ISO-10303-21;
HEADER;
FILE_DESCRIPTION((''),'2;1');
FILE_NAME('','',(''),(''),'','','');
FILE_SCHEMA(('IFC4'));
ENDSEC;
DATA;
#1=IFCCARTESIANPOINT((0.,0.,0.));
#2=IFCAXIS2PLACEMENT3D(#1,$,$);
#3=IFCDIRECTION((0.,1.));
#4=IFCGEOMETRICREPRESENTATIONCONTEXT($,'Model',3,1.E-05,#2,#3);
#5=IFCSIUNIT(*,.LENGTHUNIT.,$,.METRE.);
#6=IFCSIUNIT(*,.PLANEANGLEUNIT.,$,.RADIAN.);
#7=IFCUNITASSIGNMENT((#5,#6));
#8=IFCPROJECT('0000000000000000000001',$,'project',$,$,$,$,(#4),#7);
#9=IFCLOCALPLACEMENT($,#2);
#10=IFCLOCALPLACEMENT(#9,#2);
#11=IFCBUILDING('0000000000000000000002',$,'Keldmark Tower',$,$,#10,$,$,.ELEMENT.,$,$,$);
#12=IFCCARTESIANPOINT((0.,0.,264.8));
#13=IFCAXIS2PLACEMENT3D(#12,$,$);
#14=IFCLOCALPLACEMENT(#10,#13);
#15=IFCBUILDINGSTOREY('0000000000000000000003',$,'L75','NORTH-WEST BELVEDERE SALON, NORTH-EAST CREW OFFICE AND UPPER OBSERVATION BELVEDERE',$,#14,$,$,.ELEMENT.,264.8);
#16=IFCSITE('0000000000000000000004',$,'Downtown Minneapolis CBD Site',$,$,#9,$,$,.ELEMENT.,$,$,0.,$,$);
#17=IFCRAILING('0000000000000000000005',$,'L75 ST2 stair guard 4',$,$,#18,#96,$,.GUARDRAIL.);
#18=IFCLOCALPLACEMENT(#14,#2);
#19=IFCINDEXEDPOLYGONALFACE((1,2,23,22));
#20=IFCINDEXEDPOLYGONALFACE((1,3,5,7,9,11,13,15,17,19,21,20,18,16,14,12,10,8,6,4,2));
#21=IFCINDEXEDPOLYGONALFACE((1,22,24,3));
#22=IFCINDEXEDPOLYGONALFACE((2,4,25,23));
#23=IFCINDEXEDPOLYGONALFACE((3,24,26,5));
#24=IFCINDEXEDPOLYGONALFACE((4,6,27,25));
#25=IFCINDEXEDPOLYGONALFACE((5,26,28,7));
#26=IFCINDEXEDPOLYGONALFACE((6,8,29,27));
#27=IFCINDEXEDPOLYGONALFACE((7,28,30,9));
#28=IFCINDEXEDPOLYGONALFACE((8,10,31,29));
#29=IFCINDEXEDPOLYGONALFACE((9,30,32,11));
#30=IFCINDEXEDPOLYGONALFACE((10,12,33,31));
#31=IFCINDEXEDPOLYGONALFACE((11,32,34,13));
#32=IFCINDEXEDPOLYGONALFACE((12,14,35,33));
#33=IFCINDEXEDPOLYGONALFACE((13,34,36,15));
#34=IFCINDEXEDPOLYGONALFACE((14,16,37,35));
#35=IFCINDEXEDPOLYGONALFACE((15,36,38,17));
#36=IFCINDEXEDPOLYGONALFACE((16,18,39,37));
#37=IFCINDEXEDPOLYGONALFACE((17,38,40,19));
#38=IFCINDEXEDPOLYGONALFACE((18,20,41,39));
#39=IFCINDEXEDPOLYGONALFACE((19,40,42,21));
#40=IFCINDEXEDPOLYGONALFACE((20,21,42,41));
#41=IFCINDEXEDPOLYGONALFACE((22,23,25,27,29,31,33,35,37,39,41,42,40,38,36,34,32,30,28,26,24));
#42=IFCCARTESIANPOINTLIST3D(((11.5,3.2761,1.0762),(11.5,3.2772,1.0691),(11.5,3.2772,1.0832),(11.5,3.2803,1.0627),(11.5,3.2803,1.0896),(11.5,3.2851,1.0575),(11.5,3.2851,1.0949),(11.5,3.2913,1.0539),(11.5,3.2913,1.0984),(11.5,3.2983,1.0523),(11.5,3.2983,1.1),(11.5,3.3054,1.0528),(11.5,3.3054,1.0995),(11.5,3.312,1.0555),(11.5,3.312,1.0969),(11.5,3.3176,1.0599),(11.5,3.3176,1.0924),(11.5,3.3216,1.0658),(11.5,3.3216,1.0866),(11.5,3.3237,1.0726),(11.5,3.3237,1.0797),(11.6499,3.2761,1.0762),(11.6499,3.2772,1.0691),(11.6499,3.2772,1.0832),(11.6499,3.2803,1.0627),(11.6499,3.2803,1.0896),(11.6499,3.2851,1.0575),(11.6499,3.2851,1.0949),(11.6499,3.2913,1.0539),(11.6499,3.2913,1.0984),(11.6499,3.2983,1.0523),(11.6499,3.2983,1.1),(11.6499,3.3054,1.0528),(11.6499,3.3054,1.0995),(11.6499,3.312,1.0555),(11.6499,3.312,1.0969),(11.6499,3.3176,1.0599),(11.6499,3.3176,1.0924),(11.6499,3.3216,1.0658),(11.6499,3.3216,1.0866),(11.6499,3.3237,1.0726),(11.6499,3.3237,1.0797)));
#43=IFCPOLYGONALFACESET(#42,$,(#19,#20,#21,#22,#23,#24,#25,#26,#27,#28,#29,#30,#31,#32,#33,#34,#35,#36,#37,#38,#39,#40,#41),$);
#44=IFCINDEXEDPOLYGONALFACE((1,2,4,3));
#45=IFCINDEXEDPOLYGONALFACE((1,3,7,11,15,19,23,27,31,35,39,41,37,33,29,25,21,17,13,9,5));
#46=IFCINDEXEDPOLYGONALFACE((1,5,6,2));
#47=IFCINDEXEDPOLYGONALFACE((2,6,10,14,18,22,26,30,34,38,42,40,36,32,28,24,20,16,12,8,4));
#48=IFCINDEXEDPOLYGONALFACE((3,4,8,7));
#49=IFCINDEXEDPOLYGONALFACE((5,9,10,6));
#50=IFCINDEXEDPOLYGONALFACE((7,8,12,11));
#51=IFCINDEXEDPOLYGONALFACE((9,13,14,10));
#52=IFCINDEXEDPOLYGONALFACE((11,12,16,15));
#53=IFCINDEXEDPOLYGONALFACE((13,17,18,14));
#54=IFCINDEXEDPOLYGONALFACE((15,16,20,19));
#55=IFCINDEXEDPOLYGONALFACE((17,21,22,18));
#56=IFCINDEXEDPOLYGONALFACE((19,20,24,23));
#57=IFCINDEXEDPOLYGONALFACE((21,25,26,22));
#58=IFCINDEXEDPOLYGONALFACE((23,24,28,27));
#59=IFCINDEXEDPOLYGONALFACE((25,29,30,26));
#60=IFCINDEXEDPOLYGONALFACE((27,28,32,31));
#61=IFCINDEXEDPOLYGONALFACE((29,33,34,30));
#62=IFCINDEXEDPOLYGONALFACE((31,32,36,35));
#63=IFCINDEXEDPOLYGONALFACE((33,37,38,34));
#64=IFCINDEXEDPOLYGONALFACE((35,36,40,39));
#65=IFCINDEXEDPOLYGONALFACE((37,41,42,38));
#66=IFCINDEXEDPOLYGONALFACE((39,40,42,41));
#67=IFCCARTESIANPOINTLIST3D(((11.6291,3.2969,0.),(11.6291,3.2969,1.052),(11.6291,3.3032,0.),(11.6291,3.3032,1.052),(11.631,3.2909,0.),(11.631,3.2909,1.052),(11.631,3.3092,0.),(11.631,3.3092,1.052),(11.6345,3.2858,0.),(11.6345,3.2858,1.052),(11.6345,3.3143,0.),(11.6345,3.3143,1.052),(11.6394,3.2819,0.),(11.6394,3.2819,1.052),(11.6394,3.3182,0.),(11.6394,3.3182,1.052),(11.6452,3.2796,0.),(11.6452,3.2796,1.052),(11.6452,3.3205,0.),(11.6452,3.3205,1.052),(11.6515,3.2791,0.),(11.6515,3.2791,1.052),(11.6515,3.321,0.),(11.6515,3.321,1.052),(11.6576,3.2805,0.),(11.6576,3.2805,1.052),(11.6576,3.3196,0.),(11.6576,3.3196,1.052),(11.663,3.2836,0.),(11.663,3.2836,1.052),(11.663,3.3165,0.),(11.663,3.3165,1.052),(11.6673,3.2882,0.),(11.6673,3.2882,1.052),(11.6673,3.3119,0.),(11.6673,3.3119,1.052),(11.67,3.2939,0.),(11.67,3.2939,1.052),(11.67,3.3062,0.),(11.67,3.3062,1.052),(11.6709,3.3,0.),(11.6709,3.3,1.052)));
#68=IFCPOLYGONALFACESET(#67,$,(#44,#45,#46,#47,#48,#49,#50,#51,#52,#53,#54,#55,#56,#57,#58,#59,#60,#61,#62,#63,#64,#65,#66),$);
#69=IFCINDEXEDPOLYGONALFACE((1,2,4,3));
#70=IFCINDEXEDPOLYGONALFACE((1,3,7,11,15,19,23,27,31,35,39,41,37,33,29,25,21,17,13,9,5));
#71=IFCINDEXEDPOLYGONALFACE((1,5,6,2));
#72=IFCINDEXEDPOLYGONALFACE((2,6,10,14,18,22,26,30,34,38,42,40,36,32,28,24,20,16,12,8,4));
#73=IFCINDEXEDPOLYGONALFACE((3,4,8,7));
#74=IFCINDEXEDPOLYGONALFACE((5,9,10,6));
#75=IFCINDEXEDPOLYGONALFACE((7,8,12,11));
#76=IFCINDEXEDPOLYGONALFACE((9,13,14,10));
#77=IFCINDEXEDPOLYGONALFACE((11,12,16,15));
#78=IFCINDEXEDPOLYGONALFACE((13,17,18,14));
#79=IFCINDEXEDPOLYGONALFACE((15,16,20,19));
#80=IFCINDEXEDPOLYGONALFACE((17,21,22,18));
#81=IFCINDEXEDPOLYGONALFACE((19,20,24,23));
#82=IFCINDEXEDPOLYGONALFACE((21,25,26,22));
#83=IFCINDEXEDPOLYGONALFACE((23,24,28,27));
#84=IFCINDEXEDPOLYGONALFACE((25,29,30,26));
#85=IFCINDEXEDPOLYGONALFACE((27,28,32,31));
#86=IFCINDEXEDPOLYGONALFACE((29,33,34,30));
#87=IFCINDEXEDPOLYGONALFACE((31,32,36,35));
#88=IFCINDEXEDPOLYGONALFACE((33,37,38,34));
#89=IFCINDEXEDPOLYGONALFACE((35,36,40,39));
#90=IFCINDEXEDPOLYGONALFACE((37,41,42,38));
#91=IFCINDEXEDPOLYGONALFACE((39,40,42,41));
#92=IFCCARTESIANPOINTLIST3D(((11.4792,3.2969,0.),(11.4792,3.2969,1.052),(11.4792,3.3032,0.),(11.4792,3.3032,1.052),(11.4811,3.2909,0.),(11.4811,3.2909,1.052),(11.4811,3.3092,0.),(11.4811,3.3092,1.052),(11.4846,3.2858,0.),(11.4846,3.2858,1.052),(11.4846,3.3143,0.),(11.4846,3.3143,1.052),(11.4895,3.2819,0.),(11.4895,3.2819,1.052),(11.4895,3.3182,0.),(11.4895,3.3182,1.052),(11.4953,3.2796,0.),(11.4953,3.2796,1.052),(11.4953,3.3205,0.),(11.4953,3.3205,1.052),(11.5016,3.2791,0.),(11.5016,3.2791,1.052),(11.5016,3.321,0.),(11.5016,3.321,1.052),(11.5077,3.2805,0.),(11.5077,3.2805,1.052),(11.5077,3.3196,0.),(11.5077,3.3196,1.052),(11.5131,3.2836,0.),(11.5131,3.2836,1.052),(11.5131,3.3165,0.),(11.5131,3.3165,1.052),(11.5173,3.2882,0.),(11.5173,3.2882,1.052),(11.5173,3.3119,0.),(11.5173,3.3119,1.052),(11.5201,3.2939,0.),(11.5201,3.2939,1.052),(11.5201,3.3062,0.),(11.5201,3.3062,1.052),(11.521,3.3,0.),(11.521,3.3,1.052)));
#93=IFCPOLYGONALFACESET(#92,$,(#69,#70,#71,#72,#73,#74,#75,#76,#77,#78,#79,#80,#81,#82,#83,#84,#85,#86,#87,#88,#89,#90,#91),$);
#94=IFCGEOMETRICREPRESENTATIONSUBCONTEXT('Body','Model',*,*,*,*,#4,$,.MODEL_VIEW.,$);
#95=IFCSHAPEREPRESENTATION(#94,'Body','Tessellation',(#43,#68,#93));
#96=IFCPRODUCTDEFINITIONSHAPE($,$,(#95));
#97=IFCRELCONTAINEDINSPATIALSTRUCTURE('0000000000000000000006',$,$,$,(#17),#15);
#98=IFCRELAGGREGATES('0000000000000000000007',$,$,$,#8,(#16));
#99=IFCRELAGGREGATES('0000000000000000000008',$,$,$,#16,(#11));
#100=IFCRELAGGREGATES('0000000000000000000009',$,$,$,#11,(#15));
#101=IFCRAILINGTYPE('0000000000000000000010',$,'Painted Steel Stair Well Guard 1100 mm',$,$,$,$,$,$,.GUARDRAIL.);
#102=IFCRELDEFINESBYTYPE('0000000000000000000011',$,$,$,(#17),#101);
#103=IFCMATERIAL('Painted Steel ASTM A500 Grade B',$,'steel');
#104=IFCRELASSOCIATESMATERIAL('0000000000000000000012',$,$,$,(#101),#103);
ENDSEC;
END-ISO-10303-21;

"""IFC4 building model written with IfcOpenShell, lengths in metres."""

from ifc_helpers import new_model, si_unit, direction, frame, origin, origin_2d, place, context, subcontext, project, spatial, circle, extrude, material, type_object, element, save


model = new_model("IFC4")

# Units and contexts
model_context = context("Model", 3, precision=1e-05, world=origin(), true_north=direction((0.0, 1.0)))
body_context = subcontext(model_context, "Body", "Model", "MODEL_VIEW")
ifc_project = project(units=[si_unit("LENGTHUNIT", "METRE"), si_unit("PLANEANGLEUNIT", "RADIAN")], contexts=[model_context])

# Site, building, storey
site_placement = place(None, origin())
site = spatial("IfcSite", under=ifc_project, at=site_placement, Name="Downtown Minneapolis CBD Site", CompositionType="ELEMENT", RefElevation=0.0)
building_placement = place(site_placement, origin())
building = spatial("IfcBuilding", under=site, at=building_placement, Name="Keldmark Tower", CompositionType="ELEMENT")
storey_placement = place(building_placement, frame((0.0, 0.0, 264.8)))
storey = spatial("IfcBuildingStorey", under=building, at=storey_placement, Name="L75", Description="NORTH-WEST BELVEDERE SALON, NORTH-EAST CREW OFFICE AND UPPER OBSERVATION BELVEDERE", CompositionType="ELEMENT", Elevation=264.8)

# Railing
ifc_material_1 = material(Name="Painted Steel ASTM A500 Grade B", Category="steel")
railing_type_1 = type_object("IfcRailingType", Name="Painted Steel Stair Well Guard 1100 mm", PredefinedType="GUARDRAIL", material=ifc_material_1)
railing_1_placement = place(storey_placement, frame((11.6499, 3.3, 0.0)))
element("IfcRailing", 1, at=railing_1_placement, inside=storey, type_object=railing_type_1, Name="L75 ST2 stair guard 4", PredefinedType="GUARDRAIL", context=body_context, shape_type="SweptSolid", body=[
    extrude(circle(Radius=0.0239, at=origin_2d()), frame((0.0, 0.0, 1.0762), z_axis=(-1.0, 0.0, 0.0), x_axis=(0.0, -1.0, 0.0)), (0.0, 0.0, 1.0), 0.1499),
    extrude(circle(Radius=0.021, at=origin_2d()), origin(), (0.0, 0.0, 1.0), 1.052),
    extrude(circle(Radius=0.021, at=origin_2d()), frame((-0.1499, 0.0, 0.0)), (0.0, 0.0, 1.0), 1.052),
])

save(model, "model.ifc")
